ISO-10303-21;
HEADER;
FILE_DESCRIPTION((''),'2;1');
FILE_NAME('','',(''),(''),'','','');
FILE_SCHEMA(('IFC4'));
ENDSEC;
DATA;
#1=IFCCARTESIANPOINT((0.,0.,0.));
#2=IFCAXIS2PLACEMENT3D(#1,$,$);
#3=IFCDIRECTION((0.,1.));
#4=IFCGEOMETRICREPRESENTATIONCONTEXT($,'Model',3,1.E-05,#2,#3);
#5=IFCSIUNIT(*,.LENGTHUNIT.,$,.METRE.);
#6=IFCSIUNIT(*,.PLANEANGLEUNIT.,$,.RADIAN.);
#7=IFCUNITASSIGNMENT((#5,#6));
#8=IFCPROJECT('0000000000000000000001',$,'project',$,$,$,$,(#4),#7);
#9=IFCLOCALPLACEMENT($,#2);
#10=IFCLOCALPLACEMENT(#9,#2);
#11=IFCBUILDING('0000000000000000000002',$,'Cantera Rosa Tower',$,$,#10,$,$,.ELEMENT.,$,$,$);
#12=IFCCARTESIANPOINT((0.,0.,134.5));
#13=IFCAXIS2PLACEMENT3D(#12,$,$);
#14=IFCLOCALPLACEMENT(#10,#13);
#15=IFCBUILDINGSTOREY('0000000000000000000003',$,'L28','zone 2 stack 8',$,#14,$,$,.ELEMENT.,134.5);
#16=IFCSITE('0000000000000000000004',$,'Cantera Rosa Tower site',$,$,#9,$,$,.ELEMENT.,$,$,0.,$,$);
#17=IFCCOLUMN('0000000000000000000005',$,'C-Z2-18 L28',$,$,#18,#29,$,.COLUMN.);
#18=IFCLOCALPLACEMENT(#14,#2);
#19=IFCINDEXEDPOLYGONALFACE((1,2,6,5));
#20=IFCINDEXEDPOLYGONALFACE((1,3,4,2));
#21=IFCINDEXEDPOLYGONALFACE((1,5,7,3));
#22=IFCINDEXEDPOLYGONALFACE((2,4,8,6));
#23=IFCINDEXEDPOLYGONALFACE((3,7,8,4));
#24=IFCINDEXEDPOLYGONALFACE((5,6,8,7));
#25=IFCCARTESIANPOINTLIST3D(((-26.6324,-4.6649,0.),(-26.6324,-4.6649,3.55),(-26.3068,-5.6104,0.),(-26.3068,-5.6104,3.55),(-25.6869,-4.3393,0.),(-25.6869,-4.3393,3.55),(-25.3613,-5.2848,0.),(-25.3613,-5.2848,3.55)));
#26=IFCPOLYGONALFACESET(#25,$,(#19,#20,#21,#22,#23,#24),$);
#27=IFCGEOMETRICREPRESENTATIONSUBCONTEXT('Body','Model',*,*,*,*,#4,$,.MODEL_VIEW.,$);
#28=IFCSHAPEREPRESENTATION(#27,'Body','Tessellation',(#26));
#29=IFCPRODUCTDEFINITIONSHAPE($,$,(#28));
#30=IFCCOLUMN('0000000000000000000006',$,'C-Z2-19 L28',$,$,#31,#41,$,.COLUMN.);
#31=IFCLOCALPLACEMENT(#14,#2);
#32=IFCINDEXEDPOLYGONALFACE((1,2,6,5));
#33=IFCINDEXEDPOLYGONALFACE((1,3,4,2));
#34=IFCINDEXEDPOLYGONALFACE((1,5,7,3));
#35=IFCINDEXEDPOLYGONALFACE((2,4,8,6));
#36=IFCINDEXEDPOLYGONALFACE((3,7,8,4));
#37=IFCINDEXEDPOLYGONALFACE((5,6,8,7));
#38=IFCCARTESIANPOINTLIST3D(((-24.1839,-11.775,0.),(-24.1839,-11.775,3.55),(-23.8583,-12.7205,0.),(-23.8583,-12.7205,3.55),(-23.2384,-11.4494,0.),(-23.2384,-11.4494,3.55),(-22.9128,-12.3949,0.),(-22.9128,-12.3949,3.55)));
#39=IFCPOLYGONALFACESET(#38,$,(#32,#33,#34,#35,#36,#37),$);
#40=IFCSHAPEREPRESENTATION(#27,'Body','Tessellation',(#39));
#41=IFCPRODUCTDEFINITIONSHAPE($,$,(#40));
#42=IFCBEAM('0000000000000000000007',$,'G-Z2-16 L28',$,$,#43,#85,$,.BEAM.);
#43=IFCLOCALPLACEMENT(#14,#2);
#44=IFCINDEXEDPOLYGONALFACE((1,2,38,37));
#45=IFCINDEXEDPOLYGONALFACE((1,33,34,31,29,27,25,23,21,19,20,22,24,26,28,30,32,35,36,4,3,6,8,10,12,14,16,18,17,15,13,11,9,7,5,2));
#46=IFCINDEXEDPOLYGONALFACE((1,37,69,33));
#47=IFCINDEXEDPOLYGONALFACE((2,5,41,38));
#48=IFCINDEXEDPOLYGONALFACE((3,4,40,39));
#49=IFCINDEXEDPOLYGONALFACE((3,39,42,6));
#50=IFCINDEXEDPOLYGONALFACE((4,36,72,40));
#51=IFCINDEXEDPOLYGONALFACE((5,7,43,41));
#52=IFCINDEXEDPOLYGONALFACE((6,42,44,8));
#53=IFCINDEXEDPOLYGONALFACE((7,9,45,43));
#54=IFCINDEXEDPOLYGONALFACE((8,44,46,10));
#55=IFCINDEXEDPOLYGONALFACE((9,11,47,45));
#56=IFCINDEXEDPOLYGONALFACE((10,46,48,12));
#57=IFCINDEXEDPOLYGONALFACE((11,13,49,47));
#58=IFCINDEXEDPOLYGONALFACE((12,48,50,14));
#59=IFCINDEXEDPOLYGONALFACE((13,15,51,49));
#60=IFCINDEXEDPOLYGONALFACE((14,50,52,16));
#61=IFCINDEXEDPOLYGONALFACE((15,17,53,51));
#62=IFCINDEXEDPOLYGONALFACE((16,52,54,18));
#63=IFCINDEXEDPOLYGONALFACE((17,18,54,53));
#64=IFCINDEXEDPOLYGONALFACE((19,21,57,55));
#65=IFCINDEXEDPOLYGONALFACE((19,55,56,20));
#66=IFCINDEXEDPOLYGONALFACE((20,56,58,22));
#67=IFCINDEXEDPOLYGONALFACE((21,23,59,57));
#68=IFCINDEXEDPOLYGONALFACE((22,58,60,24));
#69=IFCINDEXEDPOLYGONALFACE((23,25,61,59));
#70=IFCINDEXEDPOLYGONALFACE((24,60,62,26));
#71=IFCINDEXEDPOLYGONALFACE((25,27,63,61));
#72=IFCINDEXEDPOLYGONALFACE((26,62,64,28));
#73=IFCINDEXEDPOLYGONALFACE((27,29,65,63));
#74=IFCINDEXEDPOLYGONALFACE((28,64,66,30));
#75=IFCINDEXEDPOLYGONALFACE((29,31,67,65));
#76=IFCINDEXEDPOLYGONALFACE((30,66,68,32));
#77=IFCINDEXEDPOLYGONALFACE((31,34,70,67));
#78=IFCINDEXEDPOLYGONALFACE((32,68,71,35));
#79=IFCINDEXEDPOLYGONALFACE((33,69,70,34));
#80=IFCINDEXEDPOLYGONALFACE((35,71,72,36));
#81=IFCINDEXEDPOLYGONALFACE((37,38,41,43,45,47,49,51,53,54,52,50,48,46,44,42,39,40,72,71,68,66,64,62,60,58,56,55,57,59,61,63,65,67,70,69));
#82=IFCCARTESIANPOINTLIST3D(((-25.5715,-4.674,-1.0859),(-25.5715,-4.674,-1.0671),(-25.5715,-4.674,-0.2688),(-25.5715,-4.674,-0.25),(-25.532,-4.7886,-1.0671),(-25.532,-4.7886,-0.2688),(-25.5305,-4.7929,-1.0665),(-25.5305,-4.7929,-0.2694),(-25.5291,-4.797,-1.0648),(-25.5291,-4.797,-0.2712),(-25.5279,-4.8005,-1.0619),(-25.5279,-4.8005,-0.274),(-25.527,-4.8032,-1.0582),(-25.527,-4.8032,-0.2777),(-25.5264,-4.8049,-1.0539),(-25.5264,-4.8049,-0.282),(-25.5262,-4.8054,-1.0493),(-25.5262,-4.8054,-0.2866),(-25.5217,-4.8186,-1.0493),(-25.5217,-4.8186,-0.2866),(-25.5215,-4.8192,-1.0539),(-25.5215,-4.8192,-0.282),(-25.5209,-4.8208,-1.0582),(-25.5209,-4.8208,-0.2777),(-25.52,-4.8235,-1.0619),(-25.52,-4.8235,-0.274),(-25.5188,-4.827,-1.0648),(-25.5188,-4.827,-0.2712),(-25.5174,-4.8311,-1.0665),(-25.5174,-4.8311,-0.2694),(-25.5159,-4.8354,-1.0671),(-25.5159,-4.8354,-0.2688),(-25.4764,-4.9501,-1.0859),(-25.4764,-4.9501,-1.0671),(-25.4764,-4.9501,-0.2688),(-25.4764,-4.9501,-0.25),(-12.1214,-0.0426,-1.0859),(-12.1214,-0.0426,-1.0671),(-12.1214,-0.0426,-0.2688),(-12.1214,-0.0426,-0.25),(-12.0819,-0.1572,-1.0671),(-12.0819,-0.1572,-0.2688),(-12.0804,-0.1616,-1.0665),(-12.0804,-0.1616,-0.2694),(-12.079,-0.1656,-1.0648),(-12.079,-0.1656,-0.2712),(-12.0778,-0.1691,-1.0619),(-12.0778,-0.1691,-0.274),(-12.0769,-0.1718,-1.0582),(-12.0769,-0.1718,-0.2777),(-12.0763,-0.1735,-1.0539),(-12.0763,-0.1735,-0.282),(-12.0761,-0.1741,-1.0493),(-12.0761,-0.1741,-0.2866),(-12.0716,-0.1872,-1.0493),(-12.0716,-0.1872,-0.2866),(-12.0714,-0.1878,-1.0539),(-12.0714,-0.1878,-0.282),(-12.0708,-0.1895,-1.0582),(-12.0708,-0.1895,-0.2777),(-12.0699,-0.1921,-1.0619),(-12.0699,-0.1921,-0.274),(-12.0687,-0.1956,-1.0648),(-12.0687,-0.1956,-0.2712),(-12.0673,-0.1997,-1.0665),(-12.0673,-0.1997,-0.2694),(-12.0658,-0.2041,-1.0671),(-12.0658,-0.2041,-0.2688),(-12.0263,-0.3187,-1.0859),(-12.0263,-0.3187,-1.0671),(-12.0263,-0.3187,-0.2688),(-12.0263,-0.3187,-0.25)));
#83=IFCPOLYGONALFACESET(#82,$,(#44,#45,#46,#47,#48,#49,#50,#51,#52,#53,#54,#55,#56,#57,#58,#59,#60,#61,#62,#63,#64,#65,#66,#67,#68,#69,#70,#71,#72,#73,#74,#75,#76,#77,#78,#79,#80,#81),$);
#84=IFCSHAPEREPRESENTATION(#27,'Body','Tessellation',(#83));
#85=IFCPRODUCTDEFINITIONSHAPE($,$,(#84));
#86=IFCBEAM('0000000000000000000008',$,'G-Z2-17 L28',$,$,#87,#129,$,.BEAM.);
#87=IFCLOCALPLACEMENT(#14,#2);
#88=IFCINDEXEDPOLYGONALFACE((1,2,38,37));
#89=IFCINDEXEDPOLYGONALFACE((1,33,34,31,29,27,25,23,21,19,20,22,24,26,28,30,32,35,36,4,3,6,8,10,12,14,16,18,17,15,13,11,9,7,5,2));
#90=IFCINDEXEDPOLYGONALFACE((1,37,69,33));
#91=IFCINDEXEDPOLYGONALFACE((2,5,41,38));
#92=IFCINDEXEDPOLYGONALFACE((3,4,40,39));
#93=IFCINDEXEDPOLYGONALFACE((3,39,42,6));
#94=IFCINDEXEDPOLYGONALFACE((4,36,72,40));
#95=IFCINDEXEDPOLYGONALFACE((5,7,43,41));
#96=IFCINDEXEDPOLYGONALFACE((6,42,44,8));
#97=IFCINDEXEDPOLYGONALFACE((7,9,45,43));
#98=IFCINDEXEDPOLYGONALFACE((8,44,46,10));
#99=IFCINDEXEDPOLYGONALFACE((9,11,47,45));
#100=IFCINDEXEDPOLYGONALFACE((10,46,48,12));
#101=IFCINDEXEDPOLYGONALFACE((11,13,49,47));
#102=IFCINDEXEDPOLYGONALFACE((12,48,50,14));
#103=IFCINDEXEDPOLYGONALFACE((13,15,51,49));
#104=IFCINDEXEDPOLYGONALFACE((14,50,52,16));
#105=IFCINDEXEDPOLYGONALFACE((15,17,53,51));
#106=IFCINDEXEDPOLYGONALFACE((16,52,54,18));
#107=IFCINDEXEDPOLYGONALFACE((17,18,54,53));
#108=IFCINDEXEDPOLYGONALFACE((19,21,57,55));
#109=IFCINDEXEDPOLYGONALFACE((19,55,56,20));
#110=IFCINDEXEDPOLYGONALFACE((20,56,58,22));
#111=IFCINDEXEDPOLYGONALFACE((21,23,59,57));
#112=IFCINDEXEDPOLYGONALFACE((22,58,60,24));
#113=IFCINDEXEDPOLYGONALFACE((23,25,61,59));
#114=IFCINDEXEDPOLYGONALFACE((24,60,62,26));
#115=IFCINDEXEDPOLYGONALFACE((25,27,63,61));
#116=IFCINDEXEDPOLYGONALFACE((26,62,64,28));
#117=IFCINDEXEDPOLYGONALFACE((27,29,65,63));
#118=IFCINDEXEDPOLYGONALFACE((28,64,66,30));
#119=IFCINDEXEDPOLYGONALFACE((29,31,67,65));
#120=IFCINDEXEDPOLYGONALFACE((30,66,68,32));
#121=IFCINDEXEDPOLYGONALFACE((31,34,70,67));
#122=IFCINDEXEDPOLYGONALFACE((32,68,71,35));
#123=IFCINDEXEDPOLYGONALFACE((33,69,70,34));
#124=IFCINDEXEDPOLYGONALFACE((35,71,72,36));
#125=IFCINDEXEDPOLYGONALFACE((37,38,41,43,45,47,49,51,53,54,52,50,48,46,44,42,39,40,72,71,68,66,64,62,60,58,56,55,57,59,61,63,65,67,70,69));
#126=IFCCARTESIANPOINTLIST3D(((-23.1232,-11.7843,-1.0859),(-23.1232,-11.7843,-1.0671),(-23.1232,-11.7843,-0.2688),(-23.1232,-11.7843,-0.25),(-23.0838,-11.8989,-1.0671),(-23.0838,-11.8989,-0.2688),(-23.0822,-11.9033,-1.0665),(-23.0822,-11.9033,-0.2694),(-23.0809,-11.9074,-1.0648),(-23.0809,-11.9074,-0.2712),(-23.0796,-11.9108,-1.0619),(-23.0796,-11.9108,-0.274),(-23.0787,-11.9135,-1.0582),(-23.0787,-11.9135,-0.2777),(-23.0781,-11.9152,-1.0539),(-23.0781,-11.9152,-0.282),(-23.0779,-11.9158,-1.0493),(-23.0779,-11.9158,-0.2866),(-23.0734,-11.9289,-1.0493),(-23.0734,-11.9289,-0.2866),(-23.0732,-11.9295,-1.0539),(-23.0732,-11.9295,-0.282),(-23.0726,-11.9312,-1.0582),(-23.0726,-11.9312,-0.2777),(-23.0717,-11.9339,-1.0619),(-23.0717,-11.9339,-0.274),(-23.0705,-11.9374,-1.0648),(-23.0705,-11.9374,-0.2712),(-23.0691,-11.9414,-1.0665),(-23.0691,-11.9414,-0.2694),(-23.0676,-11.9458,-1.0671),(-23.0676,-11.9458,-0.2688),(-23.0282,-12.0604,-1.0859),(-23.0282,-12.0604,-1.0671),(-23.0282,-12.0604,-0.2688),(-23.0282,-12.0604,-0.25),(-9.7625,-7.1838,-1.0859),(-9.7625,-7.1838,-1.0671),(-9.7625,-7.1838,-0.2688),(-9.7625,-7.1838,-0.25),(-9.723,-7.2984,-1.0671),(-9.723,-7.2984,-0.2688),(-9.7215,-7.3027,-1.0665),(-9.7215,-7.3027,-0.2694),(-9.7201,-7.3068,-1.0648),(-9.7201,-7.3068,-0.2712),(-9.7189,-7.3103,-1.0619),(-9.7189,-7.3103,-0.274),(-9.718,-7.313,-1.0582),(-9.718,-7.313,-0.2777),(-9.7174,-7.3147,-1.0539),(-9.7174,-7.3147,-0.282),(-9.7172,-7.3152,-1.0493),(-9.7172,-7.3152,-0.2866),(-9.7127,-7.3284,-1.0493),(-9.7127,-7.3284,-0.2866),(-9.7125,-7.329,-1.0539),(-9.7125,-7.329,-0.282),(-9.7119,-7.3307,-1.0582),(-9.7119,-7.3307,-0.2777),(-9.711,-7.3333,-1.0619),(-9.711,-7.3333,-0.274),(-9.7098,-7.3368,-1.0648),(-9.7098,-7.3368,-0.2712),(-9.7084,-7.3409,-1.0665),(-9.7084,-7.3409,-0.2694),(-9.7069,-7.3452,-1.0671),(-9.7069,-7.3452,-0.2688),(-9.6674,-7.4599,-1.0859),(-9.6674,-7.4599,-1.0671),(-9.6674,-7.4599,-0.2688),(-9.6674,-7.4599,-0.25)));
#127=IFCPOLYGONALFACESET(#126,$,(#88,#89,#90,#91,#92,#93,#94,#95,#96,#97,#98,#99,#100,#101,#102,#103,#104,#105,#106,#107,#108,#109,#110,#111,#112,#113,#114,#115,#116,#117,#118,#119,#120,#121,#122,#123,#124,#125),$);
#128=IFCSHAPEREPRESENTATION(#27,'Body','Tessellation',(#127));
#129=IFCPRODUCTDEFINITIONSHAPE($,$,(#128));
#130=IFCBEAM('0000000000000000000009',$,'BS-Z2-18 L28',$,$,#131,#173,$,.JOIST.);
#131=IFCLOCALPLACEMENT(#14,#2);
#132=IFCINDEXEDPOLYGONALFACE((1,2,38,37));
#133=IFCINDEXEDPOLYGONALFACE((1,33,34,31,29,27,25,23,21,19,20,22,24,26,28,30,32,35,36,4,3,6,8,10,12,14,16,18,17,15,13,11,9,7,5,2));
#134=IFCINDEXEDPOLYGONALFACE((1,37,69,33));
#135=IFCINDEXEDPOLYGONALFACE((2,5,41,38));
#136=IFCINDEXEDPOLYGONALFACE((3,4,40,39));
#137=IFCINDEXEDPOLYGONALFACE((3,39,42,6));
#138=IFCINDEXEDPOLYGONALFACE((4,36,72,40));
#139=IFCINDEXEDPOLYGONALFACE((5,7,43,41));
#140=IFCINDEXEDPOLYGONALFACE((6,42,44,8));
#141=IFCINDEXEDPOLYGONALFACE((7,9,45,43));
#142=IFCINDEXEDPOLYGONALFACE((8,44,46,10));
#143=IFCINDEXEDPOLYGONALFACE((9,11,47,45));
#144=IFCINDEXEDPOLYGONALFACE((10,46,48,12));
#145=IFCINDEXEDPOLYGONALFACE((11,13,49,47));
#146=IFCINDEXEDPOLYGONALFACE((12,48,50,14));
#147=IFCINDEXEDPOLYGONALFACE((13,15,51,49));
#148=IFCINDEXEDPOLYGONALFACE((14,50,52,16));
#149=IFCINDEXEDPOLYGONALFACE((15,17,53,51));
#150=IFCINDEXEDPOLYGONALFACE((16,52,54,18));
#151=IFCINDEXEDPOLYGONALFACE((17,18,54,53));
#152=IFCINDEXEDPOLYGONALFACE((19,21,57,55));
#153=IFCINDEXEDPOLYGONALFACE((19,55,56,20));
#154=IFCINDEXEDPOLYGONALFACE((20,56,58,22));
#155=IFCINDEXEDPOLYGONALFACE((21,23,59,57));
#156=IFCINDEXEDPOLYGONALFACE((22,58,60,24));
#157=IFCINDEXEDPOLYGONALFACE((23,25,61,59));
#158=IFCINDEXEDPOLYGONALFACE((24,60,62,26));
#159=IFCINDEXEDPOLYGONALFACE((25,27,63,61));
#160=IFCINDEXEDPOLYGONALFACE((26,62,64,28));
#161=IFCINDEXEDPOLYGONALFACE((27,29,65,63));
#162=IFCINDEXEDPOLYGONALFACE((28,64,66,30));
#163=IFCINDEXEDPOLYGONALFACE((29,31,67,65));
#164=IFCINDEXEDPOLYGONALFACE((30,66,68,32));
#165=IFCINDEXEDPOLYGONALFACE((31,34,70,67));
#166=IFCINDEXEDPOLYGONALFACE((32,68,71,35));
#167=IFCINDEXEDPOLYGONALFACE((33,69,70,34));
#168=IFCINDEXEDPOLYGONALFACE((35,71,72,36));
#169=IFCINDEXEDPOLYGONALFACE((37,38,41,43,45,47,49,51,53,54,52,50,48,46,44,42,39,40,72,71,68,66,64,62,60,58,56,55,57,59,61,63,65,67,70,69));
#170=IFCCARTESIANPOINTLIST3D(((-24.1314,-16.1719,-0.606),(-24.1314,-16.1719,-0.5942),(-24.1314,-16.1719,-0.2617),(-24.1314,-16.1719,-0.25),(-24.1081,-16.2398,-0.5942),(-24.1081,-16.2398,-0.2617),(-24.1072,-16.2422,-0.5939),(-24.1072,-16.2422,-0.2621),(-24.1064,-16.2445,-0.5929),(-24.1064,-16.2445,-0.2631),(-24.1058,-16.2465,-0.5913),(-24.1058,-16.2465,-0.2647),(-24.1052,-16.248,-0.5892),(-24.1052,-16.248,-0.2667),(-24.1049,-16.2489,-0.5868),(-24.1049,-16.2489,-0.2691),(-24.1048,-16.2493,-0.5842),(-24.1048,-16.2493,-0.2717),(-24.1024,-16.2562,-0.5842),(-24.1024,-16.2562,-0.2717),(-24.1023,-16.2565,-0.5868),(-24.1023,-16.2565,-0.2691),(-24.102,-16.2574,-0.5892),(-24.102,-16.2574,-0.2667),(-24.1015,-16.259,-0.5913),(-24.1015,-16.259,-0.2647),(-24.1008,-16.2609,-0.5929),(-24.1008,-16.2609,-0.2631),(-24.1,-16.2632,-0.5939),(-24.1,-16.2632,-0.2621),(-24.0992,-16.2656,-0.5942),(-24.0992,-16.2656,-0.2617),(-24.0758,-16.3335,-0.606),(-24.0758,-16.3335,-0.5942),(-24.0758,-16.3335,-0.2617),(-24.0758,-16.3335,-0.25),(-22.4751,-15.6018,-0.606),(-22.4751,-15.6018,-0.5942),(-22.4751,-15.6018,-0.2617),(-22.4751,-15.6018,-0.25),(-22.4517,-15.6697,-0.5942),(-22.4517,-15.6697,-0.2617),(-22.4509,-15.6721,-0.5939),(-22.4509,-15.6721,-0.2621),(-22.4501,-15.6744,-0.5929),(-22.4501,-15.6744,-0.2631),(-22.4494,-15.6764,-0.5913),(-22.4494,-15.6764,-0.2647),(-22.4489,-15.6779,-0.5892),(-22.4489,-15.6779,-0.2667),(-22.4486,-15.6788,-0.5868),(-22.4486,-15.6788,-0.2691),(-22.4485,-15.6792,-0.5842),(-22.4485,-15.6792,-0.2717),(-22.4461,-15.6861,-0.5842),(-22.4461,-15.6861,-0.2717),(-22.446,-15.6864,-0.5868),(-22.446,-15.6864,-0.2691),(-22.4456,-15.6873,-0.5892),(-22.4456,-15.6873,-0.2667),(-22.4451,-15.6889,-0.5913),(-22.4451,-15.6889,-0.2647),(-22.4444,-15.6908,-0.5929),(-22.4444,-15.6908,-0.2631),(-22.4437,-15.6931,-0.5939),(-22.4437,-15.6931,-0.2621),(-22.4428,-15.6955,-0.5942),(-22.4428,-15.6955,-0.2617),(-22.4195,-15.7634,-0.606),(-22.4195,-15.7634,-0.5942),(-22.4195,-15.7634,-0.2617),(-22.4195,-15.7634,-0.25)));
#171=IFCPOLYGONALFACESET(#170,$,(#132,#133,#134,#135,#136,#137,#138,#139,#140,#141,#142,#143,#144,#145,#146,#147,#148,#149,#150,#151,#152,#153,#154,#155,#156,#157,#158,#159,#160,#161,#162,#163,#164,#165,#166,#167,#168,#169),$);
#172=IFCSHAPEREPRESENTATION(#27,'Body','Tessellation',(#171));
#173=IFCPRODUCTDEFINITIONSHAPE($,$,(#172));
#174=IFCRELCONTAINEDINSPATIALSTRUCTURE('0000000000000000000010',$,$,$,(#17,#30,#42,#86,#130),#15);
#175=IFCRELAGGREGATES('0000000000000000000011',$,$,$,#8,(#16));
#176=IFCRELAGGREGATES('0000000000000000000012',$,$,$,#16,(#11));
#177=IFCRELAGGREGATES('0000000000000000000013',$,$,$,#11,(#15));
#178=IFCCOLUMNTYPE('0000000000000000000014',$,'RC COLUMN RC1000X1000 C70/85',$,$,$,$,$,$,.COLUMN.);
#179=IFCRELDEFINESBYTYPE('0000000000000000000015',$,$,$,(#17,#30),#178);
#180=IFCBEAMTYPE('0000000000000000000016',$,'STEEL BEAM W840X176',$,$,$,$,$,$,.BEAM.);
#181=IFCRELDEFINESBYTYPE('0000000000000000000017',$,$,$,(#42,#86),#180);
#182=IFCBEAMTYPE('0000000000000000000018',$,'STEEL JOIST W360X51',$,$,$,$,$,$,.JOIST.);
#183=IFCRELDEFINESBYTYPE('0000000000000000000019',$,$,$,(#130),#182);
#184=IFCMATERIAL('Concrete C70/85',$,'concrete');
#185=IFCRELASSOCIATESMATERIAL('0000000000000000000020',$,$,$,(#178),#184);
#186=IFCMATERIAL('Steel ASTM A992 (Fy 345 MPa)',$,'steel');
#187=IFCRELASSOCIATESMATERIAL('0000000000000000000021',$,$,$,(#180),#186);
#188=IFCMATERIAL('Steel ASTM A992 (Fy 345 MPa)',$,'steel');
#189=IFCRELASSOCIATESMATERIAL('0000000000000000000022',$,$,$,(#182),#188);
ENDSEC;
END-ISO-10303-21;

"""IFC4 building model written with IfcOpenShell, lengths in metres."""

from ifc_helpers import new_model, si_unit, direction, frame, origin, origin_2d, place, context, subcontext, project, spatial, rectangle, i_section, extrude, material, material_profile, profile_set, type_object, element, save


model = new_model("IFC4")

# Units and contexts
model_context = context("Model", 3, precision=1e-05, world=origin(), true_north=direction((0.0, 1.0)))
body_context = subcontext(model_context, "Body", "Model", "MODEL_VIEW")
ifc_project = project(units=[si_unit("LENGTHUNIT", "METRE"), si_unit("PLANEANGLEUNIT", "RADIAN")], contexts=[model_context])

# Site, building, storey
site_placement = place(None, origin())
site = spatial("IfcSite", under=ifc_project, at=site_placement, Name="Cantera Rosa Tower site", CompositionType="ELEMENT", RefElevation=0.0)
building_placement = place(site_placement, origin())
building = spatial("IfcBuilding", under=site, at=building_placement, Name="Cantera Rosa Tower", CompositionType="ELEMENT")
storey_placement = place(building_placement, frame((0.0, 0.0, 134.5)))
storey = spatial("IfcBuildingStorey", under=building, at=storey_placement, Name="L28", Description="zone 2 stack 8", CompositionType="ELEMENT", Elevation=134.5)

# Columns
ifc_material_1 = material(Name="Concrete C70/85", Category="concrete")
ifc_material_profile_1 = material_profile(ifc_material_1, rectangle(XDim=1.0, YDim=1.0, at=origin_2d()), Name="RC COLUMN RC1000X1000 C70/85")
ifc_profile_set_1 = profile_set([ifc_material_profile_1], Name="Concrete C70/85")
column_type = type_object("IfcColumnType", Name="RC COLUMN RC1000X1000 C70/85", PredefinedType="COLUMN", material=ifc_profile_set_1)
for number, where, z_axis, x_axis, name in (
    (1, (-25.9968, -4.9749, 0.0), (0.0, 0.0, 1.0), (0.945519, 0.325568, 0.0), "C-Z2-18 L28"),
    (2, (-23.5483, -12.085, 0.0), (0.0, 0.0, 1.0), (0.945519, 0.325568, 0.0), "C-Z2-19 L28"),
):
    element("IfcColumn", number, at=place(storey_placement, frame(where, z_axis=z_axis, x_axis=x_axis)), inside=storey, type_object=column_type, Name=name, PredefinedType="COLUMN", context=body_context, shape_type="SweptSolid", body=[
        extrude(rectangle(XDim=1.0, YDim=1.0, at=origin_2d()), origin(), (0.0, 0.0, 1.0), 3.55),
    ])

# Beams
ifc_material_2 = material(Name="Steel ASTM A992 (Fy 345 MPa)", Category="steel")
ifc_material_profile_2 = material_profile(ifc_material_2, i_section(OverallWidth=0.292, OverallDepth=0.8359, WebThickness=0.0139, FlangeThickness=0.0188, FilletRadius=0.0178, at=origin_2d()), Name="W840X176")
ifc_profile_set_2 = profile_set([ifc_material_profile_2], Name="Steel ASTM A992 (Fy 345 MPa)")
beam_type_1 = type_object("IfcBeamType", Name="STEEL BEAM W840X176", PredefinedType="BEAM", material=ifc_profile_set_2)
beam_1_placement = place(storey_placement, frame((-25.5239, -4.812, -0.668), z_axis=(0.945515, 0.325578, 0.0), x_axis=(-0.325578, 0.945515, 0.0)))
element("IfcBeam", 3, at=beam_1_placement, inside=storey, type_object=beam_type_1, Name="G-Z2-16 L28", PredefinedType="BEAM", context=body_context, shape_type="SweptSolid", body=[
    extrude(i_section(OverallWidth=0.292, OverallDepth=0.8359, WebThickness=0.0139, FlangeThickness=0.0188, FilletRadius=0.0178, at=origin_2d()), origin(), (0.0, 0.0, 1.0), 14.2251),
])
beam_2_placement = place(storey_placement, frame((-23.0757, -11.9224, -0.668), z_axis=(0.945517, 0.325573, 0.0), x_axis=(-0.325573, 0.945517, 0.0)))
element("IfcBeam", 4, at=beam_2_placement, inside=storey, type_object=beam_type_1, Name="G-Z2-17 L28", PredefinedType="BEAM", context=body_context, shape_type="SweptSolid", body=[
    extrude(i_section(OverallWidth=0.292, OverallDepth=0.8359, WebThickness=0.0139, FlangeThickness=0.0188, FilletRadius=0.0178, at=origin_2d()), origin(), (0.0, 0.0, 1.0), 14.1306),
])
ifc_material_3 = material(Name="Steel ASTM A992 (Fy 345 MPa)", Category="steel")
ifc_material_profile_3 = material_profile(ifc_material_3, i_section(OverallWidth=0.1709, OverallDepth=0.356, WebThickness=0.0073, FlangeThickness=0.0117, FilletRadius=0.01, at=origin_2d()), Name="W360X51")
ifc_profile_set_3 = profile_set([ifc_material_profile_3], Name="Steel ASTM A992 (Fy 345 MPa)")
beam_type_2 = type_object("IfcBeamType", Name="STEEL JOIST W360X51", PredefinedType="JOIST", material=ifc_profile_set_3)
beam_3_placement = place(storey_placement, frame((-22.4473, -15.6826, -0.428), z_axis=(-0.945558, -0.325454, 0.0), x_axis=(0.325454, -0.945558, 0.0)))
element("IfcBeam", 5, at=beam_3_placement, inside=storey, type_object=beam_type_2, Name="BS-Z2-18 L28", PredefinedType="JOIST", context=body_context, shape_type="SweptSolid", body=[
    extrude(i_section(OverallWidth=0.1709, OverallDepth=0.356, WebThickness=0.0073, FlangeThickness=0.0117, FilletRadius=0.01, at=origin_2d()), origin(), (0.0, 0.0, 1.0), 1.7517),
])

save(model, "model.ifc")
